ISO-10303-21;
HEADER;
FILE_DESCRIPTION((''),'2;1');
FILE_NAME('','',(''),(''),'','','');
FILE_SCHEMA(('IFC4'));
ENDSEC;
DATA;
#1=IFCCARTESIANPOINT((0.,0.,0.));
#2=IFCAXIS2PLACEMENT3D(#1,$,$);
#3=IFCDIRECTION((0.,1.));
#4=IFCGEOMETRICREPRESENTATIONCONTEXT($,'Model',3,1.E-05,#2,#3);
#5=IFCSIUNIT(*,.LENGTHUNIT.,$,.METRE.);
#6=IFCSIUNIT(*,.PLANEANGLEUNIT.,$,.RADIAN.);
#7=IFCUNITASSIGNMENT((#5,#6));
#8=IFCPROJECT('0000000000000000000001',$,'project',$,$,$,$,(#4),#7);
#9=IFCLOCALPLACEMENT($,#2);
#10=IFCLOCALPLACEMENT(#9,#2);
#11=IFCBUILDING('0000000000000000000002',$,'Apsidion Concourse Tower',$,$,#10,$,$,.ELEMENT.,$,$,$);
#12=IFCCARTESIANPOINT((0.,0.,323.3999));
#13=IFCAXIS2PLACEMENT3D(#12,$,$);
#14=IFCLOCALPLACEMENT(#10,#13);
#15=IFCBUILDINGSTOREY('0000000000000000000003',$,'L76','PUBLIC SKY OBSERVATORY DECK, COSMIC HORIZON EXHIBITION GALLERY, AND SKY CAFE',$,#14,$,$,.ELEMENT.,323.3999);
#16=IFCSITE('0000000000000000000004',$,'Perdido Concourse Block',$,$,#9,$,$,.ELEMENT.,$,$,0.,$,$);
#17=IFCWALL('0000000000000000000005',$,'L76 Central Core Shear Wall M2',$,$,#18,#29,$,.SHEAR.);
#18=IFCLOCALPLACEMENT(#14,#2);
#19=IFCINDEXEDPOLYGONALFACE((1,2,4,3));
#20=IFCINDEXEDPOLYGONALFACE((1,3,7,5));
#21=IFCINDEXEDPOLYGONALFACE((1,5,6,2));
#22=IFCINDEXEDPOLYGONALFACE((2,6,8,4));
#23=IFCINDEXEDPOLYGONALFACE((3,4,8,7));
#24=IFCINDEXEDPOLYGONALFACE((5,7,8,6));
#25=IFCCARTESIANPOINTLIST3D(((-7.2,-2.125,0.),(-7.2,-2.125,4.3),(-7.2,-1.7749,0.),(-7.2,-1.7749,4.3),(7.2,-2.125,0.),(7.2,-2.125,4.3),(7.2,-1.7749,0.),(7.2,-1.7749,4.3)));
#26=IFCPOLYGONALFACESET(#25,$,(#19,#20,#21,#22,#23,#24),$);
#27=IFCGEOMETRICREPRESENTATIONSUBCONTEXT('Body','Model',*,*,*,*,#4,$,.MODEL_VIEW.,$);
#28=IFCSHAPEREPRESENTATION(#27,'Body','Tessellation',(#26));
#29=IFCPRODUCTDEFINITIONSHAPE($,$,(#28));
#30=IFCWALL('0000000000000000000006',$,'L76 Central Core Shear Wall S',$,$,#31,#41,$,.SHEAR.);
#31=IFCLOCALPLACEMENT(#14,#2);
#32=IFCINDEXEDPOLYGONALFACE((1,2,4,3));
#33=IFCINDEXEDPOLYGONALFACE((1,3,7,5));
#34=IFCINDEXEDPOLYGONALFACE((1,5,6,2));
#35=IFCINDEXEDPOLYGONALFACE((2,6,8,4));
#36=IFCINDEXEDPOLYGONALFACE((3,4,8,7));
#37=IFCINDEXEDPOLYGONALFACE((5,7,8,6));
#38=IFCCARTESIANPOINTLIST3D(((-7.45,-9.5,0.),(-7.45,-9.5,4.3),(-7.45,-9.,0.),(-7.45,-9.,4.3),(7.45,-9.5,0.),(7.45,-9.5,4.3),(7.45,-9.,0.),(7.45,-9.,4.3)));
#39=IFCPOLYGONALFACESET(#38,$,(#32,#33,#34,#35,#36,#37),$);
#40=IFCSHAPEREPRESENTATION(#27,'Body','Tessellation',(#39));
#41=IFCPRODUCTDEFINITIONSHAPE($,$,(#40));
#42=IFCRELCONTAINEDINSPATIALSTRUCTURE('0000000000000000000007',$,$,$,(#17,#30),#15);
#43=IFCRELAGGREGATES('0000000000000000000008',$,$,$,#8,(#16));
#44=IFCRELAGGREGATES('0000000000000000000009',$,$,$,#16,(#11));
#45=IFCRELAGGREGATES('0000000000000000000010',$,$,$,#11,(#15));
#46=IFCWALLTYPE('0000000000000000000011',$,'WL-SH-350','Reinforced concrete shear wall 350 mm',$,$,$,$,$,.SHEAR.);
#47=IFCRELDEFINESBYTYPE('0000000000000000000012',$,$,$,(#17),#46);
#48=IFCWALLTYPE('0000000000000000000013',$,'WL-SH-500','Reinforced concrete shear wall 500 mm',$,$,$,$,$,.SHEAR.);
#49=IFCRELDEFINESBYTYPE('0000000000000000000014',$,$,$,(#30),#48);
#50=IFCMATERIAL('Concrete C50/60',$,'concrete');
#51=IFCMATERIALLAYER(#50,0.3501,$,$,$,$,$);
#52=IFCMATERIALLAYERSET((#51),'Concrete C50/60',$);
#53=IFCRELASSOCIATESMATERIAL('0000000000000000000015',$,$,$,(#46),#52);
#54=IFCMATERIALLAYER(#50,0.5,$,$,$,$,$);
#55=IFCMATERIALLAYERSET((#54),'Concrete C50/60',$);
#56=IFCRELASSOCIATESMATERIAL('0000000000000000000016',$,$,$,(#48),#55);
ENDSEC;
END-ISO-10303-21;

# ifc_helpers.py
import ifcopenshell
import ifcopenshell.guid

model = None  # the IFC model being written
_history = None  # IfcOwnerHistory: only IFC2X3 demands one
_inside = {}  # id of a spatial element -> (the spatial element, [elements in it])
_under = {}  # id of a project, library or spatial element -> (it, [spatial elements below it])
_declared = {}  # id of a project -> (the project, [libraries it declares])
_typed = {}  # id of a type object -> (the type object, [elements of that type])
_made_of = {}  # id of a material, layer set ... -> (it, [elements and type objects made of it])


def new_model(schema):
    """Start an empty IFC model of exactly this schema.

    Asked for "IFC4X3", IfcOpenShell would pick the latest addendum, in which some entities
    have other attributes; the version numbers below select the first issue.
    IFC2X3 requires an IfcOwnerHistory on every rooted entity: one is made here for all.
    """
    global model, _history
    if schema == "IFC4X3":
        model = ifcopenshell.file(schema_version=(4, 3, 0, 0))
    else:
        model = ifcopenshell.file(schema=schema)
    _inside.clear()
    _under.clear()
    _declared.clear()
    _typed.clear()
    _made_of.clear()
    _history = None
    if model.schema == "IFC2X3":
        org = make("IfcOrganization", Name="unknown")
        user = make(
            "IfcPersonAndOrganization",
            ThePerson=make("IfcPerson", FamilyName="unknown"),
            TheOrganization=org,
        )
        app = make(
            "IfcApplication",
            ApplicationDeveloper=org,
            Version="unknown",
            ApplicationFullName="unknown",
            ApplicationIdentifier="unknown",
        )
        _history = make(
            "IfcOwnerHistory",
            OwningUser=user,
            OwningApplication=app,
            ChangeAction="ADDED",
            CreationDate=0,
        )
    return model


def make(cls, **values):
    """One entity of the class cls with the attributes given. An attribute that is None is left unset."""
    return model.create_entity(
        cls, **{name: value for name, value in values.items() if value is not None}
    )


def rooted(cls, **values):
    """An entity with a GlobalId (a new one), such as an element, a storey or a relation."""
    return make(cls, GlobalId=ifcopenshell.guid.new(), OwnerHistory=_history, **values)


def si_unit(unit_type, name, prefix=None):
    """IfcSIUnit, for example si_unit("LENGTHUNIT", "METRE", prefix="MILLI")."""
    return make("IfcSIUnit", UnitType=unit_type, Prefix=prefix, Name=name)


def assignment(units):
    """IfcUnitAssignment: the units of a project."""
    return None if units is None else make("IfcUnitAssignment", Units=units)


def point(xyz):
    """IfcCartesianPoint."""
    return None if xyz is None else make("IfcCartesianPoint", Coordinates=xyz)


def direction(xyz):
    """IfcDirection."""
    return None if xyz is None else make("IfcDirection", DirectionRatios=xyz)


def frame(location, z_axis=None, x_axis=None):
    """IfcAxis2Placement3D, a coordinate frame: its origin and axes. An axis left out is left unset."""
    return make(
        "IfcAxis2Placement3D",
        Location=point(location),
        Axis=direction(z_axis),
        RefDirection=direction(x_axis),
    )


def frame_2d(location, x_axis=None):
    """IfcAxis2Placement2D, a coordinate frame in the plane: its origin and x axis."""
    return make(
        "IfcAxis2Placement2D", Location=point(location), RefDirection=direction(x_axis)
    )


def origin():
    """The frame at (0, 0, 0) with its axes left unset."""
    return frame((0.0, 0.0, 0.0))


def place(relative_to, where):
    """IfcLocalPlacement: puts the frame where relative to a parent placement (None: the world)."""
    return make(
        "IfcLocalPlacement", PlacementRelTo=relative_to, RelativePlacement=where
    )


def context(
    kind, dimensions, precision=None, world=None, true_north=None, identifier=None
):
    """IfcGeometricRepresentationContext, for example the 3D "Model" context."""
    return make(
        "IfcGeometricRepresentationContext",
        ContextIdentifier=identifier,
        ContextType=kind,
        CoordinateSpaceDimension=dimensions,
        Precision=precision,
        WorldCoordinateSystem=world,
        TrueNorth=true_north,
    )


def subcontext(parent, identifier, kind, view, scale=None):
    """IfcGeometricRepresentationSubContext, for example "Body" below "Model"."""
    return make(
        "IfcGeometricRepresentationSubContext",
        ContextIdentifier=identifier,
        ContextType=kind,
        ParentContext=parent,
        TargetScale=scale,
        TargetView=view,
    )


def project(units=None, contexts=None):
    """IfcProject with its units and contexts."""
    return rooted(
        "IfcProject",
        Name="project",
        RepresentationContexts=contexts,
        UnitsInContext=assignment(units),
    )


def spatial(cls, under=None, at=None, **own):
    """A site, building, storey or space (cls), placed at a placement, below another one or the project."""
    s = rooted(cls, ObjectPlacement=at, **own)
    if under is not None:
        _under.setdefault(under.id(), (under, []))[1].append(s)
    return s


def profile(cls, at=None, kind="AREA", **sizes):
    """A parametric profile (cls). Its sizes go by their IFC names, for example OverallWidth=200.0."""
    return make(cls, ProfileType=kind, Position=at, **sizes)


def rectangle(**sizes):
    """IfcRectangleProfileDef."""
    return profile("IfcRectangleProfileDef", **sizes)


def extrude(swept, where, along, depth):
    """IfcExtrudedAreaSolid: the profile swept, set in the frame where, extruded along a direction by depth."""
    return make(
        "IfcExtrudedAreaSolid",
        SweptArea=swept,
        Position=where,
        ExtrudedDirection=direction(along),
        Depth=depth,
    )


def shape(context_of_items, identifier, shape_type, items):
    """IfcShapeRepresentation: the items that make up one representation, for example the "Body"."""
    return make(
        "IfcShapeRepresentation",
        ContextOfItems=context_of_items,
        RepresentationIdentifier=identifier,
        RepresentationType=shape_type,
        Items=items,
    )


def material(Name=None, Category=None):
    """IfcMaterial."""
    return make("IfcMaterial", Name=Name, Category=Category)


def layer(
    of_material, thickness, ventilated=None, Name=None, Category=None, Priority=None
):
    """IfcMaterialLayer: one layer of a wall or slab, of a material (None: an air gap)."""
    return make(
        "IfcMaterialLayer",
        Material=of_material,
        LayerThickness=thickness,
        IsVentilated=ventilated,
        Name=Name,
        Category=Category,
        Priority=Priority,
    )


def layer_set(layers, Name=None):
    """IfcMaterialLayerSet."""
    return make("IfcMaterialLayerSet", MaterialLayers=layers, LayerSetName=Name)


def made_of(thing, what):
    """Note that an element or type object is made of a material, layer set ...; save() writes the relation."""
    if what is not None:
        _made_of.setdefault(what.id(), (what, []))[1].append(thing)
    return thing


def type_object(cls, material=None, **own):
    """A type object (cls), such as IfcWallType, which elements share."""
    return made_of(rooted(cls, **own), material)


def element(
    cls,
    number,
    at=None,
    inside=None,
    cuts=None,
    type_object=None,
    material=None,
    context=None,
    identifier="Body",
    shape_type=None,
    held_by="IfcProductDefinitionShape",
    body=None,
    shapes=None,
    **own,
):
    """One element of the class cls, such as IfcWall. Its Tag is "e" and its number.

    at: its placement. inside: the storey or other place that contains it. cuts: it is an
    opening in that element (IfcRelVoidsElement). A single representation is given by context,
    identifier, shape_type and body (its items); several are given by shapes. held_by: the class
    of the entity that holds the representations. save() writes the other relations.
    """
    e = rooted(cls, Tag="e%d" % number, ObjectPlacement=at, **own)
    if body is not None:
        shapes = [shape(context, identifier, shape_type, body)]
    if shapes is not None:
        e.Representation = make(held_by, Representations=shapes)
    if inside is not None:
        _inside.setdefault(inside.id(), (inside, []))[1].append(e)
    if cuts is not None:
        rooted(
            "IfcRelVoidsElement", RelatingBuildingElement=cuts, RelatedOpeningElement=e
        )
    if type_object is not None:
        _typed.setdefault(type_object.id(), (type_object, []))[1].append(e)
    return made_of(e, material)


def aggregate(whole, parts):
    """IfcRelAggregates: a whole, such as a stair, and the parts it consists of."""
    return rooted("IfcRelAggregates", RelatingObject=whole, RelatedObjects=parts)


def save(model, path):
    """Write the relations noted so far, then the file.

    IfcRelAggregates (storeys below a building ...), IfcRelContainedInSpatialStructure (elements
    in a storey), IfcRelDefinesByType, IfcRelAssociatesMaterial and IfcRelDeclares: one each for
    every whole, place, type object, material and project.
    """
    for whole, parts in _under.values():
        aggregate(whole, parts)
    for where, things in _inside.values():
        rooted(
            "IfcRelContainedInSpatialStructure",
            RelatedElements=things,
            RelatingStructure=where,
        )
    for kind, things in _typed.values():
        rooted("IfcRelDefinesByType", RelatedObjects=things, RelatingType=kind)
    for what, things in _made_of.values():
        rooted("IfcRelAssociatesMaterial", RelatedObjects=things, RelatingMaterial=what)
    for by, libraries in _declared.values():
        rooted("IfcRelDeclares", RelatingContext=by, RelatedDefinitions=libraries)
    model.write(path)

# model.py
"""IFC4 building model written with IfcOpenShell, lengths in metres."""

from ifc_helpers import new_model, si_unit, direction, frame, frame_2d, origin, place, context, subcontext, project, spatial, rectangle, extrude, material, layer, layer_set, type_object, element, save


model = new_model("IFC4")

# Units and contexts
model_context = context("Model", 3, precision=1e-05, world=origin(), true_north=direction((0.0, 1.0)))
body_context = subcontext(model_context, "Body", "Model", "MODEL_VIEW")
ifc_project = project(units=[si_unit("LENGTHUNIT", "METRE"), si_unit("PLANEANGLEUNIT", "RADIAN")], contexts=[model_context])

# Site, building, storey
site_placement = place(None, origin())
site = spatial("IfcSite", under=ifc_project, at=site_placement, Name="Perdido Concourse Block", CompositionType="ELEMENT", RefElevation=0.0)
building_placement = place(site_placement, origin())
building = spatial("IfcBuilding", under=site, at=building_placement, Name="Apsidion Concourse Tower", CompositionType="ELEMENT")
storey_placement = place(building_placement, frame((0.0, 0.0, 323.3999)))
storey = spatial("IfcBuildingStorey", under=building, at=storey_placement, Name="L76", Description="PUBLIC SKY OBSERVATORY DECK, COSMIC HORIZON EXHIBITION GALLERY, AND SKY CAFE", CompositionType="ELEMENT", Elevation=323.3999)

# Shared definitions
ifc_material_1 = material(Name="Concrete C50/60", Category="concrete")

# Wall
ifc_layer_1 = layer(ifc_material_1, 0.3501)
ifc_layer_set_1 = layer_set([ifc_layer_1], Name="Concrete C50/60")
wall_type_1 = type_object("IfcWallType", Name="WL-SH-350", Description="Reinforced concrete shear wall 350 mm", PredefinedType="SHEAR", material=ifc_layer_set_1)
wall_1_placement = place(storey_placement, frame((-7.2, -1.95, 0.0), z_axis=(0.0, 0.0, 1.0), x_axis=(1.0, 0.0, 0.0)))
element("IfcWall", 1, at=wall_1_placement, inside=storey, type_object=wall_type_1, Name="L76 Central Core Shear Wall M2", PredefinedType="SHEAR", context=body_context, shape_type="SweptSolid", body=[
    extrude(rectangle(XDim=14.3999, YDim=0.3501, at=frame_2d((7.2, 0.0))), origin(), (0.0, 0.0, 1.0), 4.3),
])

# Shared definitions
ifc_layer_2 = layer(ifc_material_1, 0.5)
ifc_layer_set_2 = layer_set([ifc_layer_2], Name="Concrete C50/60")
wall_type_2 = type_object("IfcWallType", Name="WL-SH-500", Description="Reinforced concrete shear wall 500 mm", PredefinedType="SHEAR", material=ifc_layer_set_2)

# Wall
wall_2_placement = place(storey_placement, frame((-7.45, -9.25, 0.0), z_axis=(0.0, 0.0, 1.0), x_axis=(1.0, 0.0, 0.0)))
element("IfcWall", 2, at=wall_2_placement, inside=storey, type_object=wall_type_2, Name="L76 Central Core Shear Wall S", PredefinedType="SHEAR", context=body_context, shape_type="SweptSolid", body=[
    extrude(rectangle(XDim=14.8999, YDim=0.5, at=frame_2d((7.45, 0.0))), origin(), (0.0, 0.0, 1.0), 4.3),
])

save(model, "model.ifc")
